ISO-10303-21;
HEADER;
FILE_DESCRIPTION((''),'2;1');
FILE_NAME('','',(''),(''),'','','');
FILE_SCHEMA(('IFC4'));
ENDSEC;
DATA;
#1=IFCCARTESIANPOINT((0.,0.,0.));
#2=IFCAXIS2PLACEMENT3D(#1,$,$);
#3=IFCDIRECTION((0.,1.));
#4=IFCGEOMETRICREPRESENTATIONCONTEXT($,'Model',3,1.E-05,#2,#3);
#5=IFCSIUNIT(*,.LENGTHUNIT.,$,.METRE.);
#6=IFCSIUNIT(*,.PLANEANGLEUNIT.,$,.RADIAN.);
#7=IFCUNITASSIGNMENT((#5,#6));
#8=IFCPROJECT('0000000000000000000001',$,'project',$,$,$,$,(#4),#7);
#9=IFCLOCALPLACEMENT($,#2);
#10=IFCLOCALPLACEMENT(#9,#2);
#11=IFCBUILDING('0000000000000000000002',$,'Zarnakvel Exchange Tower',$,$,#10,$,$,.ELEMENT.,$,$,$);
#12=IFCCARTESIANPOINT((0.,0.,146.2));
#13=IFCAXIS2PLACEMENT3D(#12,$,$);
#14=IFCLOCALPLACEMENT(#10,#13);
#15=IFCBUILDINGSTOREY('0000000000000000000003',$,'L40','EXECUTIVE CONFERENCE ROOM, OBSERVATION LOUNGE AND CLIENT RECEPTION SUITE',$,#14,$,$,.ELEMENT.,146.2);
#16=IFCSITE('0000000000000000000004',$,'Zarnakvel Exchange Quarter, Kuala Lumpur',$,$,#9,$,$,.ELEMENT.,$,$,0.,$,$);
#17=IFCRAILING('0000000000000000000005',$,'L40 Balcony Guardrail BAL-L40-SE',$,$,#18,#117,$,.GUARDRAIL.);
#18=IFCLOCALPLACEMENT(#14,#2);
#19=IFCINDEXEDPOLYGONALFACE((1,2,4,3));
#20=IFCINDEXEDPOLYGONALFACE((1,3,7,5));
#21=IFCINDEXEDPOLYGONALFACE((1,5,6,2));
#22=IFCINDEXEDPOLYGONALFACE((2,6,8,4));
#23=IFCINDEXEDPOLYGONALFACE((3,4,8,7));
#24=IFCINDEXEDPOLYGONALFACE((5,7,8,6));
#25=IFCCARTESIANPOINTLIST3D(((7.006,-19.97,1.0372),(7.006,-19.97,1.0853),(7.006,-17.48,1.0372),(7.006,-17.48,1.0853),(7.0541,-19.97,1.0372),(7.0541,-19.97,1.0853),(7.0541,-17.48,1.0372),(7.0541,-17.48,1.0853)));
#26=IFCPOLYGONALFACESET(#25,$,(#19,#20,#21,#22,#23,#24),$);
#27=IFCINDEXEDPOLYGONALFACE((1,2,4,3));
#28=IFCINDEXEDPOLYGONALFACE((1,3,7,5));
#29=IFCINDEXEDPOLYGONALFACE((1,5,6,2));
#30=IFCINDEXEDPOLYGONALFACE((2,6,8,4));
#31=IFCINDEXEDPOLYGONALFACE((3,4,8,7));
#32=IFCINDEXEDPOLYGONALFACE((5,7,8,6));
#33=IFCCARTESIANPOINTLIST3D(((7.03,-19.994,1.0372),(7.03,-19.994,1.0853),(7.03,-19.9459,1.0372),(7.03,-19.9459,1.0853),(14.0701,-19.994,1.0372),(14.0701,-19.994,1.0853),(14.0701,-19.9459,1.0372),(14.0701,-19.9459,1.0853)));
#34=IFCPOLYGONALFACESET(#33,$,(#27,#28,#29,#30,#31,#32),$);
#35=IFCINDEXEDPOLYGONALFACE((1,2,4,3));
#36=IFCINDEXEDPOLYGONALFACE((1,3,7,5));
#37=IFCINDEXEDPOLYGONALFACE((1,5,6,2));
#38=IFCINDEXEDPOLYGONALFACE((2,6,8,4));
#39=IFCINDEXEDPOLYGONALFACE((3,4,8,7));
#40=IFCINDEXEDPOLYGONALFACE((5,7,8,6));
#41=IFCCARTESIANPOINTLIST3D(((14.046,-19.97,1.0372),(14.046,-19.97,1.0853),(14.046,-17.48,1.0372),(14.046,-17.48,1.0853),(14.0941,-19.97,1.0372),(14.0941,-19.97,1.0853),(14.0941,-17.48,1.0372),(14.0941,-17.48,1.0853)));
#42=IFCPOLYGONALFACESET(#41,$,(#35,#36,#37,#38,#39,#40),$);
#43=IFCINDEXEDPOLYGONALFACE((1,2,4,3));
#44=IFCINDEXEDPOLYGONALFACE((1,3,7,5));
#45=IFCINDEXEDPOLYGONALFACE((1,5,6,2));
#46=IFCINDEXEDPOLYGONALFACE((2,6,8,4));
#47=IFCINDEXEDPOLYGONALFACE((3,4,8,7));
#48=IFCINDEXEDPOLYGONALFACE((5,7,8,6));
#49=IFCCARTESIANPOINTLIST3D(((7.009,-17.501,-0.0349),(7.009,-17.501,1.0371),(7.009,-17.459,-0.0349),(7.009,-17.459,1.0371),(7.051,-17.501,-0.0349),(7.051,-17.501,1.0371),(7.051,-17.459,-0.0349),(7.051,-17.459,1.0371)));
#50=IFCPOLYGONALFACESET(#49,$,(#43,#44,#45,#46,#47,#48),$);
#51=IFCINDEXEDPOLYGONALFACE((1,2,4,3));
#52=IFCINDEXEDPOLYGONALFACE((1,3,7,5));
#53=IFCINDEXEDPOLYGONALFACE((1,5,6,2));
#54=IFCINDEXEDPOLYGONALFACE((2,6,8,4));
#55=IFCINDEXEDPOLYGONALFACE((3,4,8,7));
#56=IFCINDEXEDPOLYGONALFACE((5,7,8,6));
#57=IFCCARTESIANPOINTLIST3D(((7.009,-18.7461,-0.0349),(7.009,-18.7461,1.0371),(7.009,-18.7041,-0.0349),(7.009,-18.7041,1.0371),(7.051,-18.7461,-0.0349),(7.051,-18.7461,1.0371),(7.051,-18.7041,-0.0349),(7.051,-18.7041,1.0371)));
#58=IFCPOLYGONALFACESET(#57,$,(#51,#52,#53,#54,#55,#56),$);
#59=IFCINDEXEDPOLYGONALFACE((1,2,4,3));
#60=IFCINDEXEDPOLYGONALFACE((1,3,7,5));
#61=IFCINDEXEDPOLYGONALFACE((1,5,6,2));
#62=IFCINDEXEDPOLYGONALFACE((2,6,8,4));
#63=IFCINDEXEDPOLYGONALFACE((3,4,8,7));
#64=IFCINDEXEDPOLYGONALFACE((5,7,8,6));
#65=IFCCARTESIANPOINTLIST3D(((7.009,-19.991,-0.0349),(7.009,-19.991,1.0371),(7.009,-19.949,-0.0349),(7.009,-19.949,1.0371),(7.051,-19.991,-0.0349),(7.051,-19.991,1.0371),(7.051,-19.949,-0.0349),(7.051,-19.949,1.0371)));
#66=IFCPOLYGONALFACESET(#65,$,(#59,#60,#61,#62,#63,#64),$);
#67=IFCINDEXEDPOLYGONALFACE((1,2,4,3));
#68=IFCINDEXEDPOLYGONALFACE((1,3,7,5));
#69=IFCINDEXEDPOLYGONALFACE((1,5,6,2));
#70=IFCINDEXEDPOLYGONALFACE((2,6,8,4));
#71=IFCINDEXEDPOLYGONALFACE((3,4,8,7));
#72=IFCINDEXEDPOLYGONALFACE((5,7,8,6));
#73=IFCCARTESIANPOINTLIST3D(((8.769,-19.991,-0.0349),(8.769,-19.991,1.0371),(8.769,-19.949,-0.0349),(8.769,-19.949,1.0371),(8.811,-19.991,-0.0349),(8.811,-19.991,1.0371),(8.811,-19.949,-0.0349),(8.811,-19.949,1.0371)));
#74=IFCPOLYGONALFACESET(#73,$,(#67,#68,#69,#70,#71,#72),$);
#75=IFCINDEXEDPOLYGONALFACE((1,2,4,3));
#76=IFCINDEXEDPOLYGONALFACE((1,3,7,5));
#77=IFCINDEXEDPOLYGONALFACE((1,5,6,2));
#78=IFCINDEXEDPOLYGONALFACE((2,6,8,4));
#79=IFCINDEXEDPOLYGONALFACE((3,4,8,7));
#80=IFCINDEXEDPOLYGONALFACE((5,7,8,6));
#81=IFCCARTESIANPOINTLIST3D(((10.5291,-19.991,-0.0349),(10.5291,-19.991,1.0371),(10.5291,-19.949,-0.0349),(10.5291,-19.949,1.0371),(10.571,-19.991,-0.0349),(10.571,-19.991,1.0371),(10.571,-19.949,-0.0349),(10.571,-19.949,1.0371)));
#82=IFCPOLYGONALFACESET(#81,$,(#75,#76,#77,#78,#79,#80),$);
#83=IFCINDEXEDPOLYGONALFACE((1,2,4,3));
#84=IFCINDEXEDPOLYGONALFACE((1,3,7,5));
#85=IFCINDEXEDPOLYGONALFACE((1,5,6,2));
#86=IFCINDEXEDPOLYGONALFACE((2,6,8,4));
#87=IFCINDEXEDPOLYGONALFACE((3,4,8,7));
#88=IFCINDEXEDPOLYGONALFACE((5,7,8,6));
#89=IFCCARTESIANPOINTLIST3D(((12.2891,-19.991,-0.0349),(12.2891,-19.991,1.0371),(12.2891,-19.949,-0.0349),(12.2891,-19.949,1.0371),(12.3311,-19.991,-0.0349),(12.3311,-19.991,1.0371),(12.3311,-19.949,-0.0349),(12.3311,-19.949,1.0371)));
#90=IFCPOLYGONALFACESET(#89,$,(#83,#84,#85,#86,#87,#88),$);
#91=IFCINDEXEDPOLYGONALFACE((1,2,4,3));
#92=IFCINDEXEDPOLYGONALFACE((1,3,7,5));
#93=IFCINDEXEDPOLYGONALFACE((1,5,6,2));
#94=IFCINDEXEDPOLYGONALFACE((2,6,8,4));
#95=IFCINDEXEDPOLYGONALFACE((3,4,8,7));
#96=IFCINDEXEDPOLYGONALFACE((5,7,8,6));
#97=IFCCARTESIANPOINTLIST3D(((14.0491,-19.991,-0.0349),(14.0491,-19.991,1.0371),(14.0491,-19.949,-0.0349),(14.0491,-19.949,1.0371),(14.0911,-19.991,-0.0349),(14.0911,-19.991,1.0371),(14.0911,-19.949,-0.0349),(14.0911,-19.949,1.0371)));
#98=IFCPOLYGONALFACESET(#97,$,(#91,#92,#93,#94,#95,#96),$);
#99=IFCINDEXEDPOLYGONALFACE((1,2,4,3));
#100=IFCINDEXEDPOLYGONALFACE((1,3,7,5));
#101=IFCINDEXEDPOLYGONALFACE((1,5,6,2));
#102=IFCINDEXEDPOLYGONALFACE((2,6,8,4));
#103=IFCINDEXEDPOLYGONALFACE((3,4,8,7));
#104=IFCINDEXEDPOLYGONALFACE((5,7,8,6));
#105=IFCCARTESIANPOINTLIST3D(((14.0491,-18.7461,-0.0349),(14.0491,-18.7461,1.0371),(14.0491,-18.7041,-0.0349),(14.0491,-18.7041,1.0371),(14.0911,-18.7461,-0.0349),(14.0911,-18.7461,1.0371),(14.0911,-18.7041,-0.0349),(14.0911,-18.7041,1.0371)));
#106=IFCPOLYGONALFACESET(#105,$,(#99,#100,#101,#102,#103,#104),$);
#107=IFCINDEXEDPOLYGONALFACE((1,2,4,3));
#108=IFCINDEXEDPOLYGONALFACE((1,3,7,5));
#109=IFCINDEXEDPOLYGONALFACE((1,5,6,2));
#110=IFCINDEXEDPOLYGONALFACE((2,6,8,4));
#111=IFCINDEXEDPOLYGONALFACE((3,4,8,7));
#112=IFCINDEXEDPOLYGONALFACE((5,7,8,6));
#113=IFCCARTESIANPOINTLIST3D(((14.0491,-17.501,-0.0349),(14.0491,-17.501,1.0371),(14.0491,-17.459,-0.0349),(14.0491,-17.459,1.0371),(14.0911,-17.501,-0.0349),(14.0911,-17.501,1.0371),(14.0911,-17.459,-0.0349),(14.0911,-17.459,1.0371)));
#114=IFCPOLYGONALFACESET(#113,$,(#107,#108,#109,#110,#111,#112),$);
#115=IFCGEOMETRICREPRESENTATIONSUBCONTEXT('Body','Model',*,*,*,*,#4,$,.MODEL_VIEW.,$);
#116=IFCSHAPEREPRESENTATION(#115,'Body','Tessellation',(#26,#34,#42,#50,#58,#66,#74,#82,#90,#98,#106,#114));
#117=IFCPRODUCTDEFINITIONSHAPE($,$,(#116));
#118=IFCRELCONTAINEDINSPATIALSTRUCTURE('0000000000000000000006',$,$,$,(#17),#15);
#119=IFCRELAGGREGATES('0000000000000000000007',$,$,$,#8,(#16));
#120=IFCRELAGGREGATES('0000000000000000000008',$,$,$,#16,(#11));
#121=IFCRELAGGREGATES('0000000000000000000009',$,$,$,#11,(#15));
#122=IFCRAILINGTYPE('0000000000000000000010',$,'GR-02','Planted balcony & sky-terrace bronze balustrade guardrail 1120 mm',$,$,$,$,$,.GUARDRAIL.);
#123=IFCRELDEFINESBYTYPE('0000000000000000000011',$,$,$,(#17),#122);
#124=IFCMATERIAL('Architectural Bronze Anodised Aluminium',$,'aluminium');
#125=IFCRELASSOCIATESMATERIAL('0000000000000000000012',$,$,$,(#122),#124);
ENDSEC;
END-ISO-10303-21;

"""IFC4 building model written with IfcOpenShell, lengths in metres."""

from ifc_helpers import new_model, si_unit, direction, frame, origin, origin_2d, place, context, subcontext, project, spatial, rectangle, extrude, material, type_object, element, save


model = new_model("IFC4")

# Units and contexts
model_context = context("Model", 3, precision=1e-05, world=origin(), true_north=direction((0.0, 1.0)))
body_context = subcontext(model_context, "Body", "Model", "MODEL_VIEW")
ifc_project = project(units=[si_unit("LENGTHUNIT", "METRE"), si_unit("PLANEANGLEUNIT", "RADIAN")], contexts=[model_context])

# Site, building, storey
site_placement = place(None, origin())
site = spatial("IfcSite", under=ifc_project, at=site_placement, Name="Zarnakvel Exchange Quarter, Kuala Lumpur", CompositionType="ELEMENT", RefElevation=0.0)
building_placement = place(site_placement, origin())
building = spatial("IfcBuilding", under=site, at=building_placement, Name="Zarnakvel Exchange Tower", CompositionType="ELEMENT")
storey_placement = place(building_placement, frame((0.0, 0.0, 146.2)))
storey = spatial("IfcBuildingStorey", under=building, at=storey_placement, Name="L40", Description="EXECUTIVE CONFERENCE ROOM, OBSERVATION LOUNGE AND CLIENT RECEPTION SUITE", CompositionType="ELEMENT", Elevation=146.2)

# Shared definitions
ifc_material_1 = material(Name="Architectural Bronze Anodised Aluminium", Category="aluminium")

# Railing
railing_type = type_object("IfcRailingType", Name="GR-02", Description="Planted balcony & sky-terrace bronze balustrade guardrail 1120 mm", PredefinedType="GUARDRAIL", material=ifc_material_1)
railing_placement = place(storey_placement, frame((7.03, -17.48, -0.0349)))
element("IfcRailing", 1, at=railing_placement, inside=storey, type_object=railing_type, Name="L40 Balcony Guardrail BAL-L40-SE", PredefinedType="GUARDRAIL", context=body_context, shape_type="SweptSolid", body=[
    extrude(rectangle(XDim=0.0481, YDim=0.0481, at=origin_2d()), frame((0.0, 0.0, 1.0962), z_axis=(0.0, -1.0, 0.0), x_axis=(1.0, 0.0, 0.0)), (0.0, 0.0, 1.0), 2.49),
    extrude(rectangle(XDim=0.0481, YDim=0.0481, at=origin_2d()), frame((0.0, -2.49, 1.0962), z_axis=(1.0, 0.0, 0.0), x_axis=(0.0, 1.0, 0.0)), (0.0, 0.0, 1.0), 7.04),
    extrude(rectangle(XDim=0.0481, YDim=0.0481, at=origin_2d()), frame((7.04, -2.49, 1.0962), z_axis=(0.0, 1.0, 0.0), x_axis=(-1.0, 0.0, 0.0)), (0.0, 0.0, 1.0), 2.49),
    extrude(rectangle(XDim=0.042, YDim=0.042, at=origin_2d()), origin(), (0.0, 0.0, 1.0), 1.072),
    extrude(rectangle(XDim=0.042, YDim=0.042, at=origin_2d()), frame((0.0, -1.2451, 0.0)), (0.0, 0.0, 1.0), 1.072),
    extrude(rectangle(XDim=0.042, YDim=0.042, at=origin_2d()), frame((0.0, -2.49, 0.0)), (0.0, 0.0, 1.0), 1.072),
    extrude(rectangle(XDim=0.042, YDim=0.042, at=origin_2d()), frame((1.76, -2.49, 0.0)), (0.0, 0.0, 1.0), 1.072),
    extrude(rectangle(XDim=0.042, YDim=0.042, at=origin_2d()), frame((3.52, -2.49, 0.0)), (0.0, 0.0, 1.0), 1.072),
    extrude(rectangle(XDim=0.042, YDim=0.042, at=origin_2d()), frame((5.28, -2.49, 0.0)), (0.0, 0.0, 1.0), 1.072),
    extrude(rectangle(XDim=0.042, YDim=0.042, at=origin_2d()), frame((7.04, -2.49, 0.0)), (0.0, 0.0, 1.0), 1.072),
    extrude(rectangle(XDim=0.042, YDim=0.042, at=origin_2d()), frame((7.04, -1.2451, 0.0)), (0.0, 0.0, 1.0), 1.072),
    extrude(rectangle(XDim=0.042, YDim=0.042, at=origin_2d()), frame((7.04, 0.0, 0.0)), (0.0, 0.0, 1.0), 1.072),
])

save(model, "model.ifc")
